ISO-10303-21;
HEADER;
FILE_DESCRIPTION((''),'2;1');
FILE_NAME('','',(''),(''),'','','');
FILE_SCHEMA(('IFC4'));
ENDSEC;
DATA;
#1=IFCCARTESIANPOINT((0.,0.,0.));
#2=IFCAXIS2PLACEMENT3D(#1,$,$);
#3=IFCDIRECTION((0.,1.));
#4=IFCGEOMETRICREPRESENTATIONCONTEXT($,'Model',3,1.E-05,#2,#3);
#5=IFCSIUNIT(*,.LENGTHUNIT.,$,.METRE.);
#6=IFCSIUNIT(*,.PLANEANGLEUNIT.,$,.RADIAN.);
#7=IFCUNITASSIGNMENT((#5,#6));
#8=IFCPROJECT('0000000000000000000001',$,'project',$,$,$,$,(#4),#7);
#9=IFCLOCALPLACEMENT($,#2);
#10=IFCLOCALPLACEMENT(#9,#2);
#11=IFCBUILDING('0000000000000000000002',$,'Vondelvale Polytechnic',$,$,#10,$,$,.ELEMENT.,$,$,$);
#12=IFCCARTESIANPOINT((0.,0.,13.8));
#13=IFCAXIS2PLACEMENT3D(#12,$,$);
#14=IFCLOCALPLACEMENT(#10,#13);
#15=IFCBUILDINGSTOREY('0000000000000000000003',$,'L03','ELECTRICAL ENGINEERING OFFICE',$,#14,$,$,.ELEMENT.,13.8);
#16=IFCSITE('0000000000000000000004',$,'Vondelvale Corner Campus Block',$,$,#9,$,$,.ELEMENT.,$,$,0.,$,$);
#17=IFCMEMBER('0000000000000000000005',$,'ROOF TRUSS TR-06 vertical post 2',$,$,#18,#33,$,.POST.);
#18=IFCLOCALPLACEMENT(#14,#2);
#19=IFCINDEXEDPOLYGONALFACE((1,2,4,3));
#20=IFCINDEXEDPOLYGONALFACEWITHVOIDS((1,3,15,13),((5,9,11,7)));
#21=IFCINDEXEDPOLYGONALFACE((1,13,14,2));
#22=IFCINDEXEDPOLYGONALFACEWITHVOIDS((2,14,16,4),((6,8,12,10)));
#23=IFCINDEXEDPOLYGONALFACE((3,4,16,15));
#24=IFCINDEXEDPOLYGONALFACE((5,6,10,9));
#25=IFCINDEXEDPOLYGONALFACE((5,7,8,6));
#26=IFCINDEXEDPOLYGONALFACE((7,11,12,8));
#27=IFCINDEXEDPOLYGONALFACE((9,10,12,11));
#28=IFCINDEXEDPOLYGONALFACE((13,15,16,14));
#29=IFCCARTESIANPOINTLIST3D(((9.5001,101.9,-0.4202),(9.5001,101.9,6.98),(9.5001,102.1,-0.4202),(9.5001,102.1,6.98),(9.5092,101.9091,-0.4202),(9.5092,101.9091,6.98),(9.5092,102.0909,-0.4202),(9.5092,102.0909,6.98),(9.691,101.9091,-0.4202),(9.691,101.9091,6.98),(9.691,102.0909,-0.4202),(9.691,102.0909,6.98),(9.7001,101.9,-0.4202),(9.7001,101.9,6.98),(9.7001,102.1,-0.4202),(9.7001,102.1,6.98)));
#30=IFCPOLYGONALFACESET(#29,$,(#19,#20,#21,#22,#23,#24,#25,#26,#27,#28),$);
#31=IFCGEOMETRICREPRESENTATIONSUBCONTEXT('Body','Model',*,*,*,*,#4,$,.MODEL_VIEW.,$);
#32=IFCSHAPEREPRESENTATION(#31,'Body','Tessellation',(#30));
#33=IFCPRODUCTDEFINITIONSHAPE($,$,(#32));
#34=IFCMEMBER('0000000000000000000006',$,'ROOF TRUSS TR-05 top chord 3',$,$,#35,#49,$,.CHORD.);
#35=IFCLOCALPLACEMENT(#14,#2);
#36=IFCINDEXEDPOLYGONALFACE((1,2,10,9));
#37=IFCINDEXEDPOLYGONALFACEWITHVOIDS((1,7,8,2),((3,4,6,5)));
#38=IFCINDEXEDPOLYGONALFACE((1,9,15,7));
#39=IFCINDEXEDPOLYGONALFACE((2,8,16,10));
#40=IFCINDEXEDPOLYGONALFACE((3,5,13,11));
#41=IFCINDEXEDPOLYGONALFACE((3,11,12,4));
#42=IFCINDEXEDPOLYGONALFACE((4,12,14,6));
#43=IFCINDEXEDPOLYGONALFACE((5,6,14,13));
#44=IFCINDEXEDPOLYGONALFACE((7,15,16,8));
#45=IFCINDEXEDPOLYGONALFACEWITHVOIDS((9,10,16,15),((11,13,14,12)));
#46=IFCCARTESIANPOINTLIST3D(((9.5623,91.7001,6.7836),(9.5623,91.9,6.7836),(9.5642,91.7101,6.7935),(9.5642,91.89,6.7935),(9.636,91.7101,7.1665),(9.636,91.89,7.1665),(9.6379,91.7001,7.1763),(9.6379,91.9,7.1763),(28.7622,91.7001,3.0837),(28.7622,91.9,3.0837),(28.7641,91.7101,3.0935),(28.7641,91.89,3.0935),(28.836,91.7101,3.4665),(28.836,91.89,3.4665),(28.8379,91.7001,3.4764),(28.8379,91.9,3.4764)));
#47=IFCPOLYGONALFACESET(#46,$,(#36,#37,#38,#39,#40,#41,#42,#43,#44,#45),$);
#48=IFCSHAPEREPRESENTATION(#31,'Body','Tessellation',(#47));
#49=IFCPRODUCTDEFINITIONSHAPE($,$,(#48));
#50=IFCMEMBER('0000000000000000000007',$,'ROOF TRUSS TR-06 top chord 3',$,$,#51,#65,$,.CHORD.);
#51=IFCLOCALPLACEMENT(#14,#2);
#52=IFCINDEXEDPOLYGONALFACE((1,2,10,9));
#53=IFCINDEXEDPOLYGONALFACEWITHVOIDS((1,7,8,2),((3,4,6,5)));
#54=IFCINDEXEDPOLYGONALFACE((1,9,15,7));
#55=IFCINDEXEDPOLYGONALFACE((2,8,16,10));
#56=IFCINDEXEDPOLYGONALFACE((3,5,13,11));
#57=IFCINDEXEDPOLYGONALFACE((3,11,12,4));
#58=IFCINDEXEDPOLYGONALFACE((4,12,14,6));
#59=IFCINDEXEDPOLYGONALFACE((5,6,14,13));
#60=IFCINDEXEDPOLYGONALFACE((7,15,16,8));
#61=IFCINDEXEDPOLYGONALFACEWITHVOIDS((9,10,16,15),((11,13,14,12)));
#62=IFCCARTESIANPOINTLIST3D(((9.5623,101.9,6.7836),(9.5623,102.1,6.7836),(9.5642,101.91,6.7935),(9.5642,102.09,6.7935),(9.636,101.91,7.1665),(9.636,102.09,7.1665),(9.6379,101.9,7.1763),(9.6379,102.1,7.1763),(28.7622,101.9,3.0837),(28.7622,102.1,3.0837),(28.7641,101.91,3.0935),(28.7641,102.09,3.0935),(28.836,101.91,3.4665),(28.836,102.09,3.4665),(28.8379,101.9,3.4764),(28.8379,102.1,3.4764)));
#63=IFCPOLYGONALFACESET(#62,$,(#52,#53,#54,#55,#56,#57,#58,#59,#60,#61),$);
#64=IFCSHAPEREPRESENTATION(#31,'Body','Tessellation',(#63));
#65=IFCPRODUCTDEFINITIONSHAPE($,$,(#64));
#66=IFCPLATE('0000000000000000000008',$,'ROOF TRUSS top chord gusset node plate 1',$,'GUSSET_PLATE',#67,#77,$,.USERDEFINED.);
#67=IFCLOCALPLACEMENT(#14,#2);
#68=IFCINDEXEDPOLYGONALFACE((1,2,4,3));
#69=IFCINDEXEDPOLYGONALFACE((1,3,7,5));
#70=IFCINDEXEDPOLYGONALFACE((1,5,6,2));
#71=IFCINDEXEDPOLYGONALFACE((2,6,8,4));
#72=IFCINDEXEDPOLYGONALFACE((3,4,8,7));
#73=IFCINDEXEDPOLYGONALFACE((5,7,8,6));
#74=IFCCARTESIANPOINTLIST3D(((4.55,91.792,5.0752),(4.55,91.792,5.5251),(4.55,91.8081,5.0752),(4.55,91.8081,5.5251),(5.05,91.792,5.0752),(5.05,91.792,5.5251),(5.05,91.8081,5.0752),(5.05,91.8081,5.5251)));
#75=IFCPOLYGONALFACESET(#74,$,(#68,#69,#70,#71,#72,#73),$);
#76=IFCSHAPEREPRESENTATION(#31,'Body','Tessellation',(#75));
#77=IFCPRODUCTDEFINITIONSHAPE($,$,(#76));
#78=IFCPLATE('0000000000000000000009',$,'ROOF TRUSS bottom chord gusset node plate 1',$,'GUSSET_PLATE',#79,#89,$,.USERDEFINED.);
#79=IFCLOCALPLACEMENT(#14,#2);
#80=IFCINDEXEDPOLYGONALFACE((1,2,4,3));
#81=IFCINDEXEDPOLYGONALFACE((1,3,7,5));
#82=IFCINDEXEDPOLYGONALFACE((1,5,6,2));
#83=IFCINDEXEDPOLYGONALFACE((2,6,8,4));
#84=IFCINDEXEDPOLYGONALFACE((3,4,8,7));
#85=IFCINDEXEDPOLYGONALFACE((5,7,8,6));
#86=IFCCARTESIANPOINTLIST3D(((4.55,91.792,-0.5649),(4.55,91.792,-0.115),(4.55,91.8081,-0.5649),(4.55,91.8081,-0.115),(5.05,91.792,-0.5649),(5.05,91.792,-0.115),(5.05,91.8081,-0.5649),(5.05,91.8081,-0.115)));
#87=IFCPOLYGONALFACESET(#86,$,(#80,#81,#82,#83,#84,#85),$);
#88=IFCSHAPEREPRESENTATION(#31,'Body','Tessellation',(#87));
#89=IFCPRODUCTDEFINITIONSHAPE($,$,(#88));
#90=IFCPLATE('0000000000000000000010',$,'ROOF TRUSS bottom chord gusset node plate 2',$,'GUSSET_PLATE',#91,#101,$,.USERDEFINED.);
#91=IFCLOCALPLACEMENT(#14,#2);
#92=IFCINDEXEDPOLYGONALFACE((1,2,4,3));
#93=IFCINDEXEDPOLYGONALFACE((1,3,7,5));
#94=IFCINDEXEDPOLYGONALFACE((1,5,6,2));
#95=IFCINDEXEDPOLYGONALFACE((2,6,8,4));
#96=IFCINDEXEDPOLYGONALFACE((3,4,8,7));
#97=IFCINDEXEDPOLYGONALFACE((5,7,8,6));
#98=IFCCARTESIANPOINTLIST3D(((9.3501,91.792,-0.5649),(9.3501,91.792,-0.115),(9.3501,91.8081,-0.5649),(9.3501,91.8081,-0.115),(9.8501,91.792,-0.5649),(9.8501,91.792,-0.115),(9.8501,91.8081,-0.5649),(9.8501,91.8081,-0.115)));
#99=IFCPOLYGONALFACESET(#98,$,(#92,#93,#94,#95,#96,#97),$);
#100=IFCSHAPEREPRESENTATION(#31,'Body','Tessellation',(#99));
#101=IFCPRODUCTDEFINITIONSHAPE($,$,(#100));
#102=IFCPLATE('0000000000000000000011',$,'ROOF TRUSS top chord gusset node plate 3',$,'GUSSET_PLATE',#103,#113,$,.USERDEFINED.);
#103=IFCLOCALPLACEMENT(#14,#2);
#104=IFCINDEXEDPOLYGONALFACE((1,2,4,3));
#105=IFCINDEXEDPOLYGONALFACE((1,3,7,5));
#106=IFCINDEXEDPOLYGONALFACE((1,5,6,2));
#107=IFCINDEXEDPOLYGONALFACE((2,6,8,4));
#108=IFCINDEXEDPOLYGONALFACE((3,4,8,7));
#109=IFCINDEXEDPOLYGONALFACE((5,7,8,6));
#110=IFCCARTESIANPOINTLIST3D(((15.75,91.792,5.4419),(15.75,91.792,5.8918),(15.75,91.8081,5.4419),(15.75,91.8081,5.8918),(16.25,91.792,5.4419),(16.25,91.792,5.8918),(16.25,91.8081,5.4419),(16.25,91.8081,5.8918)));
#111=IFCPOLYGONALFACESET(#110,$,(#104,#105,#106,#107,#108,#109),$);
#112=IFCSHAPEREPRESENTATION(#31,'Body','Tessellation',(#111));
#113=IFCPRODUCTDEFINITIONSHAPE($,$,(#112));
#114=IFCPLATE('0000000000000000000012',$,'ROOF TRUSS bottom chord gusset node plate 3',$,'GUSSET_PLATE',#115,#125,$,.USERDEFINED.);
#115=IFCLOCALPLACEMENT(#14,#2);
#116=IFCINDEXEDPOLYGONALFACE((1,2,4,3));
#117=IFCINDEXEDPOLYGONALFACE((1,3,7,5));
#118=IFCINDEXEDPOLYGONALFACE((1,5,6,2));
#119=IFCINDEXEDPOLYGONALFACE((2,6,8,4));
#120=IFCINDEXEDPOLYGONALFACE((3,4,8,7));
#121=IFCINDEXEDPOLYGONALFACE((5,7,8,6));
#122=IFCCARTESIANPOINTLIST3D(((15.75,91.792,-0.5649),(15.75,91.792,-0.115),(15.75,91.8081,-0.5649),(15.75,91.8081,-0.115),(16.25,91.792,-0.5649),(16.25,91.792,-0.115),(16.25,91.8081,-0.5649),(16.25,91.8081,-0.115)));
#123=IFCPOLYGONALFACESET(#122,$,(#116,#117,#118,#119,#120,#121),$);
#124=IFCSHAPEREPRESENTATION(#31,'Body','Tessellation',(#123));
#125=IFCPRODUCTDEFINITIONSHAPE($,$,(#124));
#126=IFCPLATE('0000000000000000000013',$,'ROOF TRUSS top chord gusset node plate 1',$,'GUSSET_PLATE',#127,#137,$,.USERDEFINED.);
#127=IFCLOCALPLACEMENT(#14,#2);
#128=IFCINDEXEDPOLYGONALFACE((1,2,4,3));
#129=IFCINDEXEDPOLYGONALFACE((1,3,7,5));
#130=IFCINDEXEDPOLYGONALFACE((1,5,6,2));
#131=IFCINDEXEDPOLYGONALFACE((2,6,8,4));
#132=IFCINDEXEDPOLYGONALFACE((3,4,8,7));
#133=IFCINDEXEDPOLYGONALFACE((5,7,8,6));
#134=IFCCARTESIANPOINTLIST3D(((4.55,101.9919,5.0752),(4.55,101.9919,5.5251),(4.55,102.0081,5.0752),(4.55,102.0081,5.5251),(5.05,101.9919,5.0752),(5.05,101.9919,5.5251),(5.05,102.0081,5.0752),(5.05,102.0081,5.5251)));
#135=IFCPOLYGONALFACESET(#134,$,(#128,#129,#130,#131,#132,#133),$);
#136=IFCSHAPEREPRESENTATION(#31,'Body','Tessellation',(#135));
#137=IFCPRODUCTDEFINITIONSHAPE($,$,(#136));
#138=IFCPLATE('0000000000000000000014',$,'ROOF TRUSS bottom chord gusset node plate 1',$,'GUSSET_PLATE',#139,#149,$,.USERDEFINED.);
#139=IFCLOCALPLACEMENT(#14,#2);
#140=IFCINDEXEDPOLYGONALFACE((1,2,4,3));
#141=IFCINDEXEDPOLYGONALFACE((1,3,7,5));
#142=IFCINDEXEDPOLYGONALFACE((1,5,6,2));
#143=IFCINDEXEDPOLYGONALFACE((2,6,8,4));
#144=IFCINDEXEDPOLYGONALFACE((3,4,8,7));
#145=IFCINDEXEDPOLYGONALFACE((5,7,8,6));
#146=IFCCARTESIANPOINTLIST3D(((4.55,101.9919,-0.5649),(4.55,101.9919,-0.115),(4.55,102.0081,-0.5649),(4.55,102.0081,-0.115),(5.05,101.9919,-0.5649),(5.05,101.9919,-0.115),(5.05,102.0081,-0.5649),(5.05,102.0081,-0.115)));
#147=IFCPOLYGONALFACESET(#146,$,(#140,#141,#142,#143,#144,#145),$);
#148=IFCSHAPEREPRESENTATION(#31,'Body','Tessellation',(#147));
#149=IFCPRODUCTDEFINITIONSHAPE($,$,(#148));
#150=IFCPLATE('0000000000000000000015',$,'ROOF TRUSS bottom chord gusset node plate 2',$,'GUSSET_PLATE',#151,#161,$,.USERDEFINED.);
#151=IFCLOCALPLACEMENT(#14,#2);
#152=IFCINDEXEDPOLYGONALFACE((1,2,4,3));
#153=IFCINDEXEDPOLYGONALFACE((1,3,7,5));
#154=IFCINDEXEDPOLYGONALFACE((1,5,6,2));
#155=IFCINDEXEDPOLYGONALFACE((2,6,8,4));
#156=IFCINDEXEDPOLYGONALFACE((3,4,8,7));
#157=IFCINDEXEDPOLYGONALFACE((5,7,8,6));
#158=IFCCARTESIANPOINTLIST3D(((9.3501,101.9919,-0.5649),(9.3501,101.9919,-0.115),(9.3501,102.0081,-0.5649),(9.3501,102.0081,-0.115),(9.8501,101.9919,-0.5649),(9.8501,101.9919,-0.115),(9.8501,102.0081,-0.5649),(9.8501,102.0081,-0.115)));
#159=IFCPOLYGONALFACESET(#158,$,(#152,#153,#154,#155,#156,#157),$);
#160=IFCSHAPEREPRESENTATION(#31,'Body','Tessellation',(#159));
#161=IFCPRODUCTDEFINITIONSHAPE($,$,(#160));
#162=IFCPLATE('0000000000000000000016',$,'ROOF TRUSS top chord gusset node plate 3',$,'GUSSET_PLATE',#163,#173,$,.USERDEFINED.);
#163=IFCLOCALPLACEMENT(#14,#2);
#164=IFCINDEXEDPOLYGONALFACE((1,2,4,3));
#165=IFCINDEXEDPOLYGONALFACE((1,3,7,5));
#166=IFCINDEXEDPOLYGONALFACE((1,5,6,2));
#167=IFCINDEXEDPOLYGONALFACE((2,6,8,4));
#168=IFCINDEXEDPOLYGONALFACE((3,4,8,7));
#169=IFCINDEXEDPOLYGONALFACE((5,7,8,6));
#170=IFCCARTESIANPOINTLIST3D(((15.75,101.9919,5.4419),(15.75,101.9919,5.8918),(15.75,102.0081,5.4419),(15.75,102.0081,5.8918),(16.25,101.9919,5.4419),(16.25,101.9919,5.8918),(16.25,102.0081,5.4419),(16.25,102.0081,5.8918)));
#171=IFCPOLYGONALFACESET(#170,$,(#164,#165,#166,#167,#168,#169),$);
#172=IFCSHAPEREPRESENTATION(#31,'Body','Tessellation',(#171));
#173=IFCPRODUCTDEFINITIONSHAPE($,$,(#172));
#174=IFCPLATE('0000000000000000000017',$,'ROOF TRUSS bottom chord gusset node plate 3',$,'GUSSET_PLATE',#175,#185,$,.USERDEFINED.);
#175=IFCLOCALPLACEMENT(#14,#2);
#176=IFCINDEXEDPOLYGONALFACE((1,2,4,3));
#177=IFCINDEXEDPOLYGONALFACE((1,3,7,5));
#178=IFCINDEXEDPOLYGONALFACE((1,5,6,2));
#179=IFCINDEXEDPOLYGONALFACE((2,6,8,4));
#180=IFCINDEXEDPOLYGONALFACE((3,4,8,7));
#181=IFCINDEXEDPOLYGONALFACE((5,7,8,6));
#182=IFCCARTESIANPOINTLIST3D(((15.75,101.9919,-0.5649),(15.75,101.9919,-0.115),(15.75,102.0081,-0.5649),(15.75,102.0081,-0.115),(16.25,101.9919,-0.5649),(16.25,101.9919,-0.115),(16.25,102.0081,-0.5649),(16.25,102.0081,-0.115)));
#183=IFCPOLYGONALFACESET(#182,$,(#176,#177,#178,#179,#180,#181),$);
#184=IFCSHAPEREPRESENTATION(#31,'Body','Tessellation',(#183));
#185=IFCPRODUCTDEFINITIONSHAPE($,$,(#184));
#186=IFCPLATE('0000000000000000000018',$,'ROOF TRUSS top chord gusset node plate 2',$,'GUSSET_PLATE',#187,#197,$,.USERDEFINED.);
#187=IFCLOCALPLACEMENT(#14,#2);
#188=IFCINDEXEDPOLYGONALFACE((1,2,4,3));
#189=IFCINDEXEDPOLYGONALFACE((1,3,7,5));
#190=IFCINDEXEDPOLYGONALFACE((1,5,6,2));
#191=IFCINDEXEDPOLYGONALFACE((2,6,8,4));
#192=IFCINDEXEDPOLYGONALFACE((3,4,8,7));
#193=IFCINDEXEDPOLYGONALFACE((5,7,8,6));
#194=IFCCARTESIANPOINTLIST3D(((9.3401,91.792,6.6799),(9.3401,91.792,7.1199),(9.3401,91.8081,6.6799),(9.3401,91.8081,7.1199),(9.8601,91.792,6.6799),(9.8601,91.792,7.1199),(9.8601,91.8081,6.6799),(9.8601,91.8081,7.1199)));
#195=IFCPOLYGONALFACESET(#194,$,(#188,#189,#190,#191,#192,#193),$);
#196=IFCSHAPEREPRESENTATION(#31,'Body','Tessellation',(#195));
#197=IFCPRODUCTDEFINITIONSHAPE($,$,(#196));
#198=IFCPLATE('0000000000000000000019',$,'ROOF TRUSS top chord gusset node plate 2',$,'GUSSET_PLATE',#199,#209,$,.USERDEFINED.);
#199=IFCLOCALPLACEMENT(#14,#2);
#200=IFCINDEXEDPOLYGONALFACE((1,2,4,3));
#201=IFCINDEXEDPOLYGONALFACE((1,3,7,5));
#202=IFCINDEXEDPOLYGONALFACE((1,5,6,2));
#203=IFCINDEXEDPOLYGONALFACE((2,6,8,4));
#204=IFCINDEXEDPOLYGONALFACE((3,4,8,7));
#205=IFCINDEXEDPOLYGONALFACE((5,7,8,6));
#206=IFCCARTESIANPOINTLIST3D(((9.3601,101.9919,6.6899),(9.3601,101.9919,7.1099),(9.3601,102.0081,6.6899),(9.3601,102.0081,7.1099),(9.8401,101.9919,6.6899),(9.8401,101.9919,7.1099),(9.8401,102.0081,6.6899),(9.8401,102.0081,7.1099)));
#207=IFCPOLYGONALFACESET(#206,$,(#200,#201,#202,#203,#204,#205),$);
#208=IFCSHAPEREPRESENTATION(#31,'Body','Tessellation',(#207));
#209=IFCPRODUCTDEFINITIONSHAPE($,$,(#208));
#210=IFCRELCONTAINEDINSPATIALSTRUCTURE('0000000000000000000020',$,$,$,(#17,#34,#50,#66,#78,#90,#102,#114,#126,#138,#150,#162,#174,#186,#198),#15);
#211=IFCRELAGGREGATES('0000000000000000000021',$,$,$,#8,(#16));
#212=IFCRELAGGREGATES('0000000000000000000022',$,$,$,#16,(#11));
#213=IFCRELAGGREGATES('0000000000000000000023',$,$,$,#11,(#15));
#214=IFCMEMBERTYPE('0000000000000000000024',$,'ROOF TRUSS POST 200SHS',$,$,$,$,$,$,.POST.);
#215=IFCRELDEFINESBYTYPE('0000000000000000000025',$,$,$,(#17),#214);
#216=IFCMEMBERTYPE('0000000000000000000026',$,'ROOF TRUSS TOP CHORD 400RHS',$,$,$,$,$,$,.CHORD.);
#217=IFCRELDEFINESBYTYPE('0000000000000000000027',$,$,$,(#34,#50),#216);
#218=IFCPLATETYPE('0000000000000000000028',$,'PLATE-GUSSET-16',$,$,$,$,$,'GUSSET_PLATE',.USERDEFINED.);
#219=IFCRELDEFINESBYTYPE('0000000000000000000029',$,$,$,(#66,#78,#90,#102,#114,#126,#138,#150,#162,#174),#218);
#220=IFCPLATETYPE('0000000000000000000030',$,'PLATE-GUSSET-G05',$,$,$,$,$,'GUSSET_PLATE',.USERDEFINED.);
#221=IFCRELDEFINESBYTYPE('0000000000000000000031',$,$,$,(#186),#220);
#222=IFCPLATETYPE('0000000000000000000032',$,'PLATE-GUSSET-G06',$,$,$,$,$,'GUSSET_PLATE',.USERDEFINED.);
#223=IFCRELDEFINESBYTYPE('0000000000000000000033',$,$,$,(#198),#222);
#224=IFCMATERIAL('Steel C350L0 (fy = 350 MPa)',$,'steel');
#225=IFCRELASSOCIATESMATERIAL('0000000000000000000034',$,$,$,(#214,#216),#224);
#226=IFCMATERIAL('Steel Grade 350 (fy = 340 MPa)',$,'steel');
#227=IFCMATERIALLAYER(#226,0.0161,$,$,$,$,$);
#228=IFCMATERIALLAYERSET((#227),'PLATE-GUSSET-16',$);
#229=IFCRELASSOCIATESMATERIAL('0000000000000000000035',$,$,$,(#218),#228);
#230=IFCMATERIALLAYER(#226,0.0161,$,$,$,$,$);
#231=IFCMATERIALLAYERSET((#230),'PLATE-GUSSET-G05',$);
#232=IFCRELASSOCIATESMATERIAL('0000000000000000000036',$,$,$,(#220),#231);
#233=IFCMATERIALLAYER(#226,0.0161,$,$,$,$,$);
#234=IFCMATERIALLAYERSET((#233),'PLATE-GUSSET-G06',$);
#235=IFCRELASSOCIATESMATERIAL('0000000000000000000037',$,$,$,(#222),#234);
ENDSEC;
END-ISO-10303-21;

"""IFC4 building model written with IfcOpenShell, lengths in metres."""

from ifc_helpers import new_model, si_unit, direction, frame, origin, origin_2d, place, context, subcontext, project, spatial, rectangle, hollow_rectangle, extrude, material, layer, layer_set, material_profile, profile_set, type_object, element, save


model = new_model("IFC4")

# Units and contexts
model_context = context("Model", 3, precision=1e-05, world=origin(), true_north=direction((0.0, 1.0)))
body_context = subcontext(model_context, "Body", "Model", "MODEL_VIEW")
ifc_project = project(units=[si_unit("LENGTHUNIT", "METRE"), si_unit("PLANEANGLEUNIT", "RADIAN")], contexts=[model_context])

# Site, building, storey
site_placement = place(None, origin())
site = spatial("IfcSite", under=ifc_project, at=site_placement, Name="Vondelvale Corner Campus Block", CompositionType="ELEMENT", RefElevation=0.0)
building_placement = place(site_placement, origin())
building = spatial("IfcBuilding", under=site, at=building_placement, Name="Vondelvale Polytechnic", CompositionType="ELEMENT")
storey_placement = place(building_placement, frame((0.0, 0.0, 13.8)))
storey = spatial("IfcBuildingStorey", under=building, at=storey_placement, Name="L03", Description="ELECTRICAL ENGINEERING OFFICE", CompositionType="ELEMENT", Elevation=13.8)

# Members
ifc_material_1 = material(Name="Steel C350L0 (fy = 350 MPa)", Category="steel")
ifc_material_profile_1 = material_profile(ifc_material_1, hollow_rectangle(XDim=0.2, YDim=0.2, WallThickness=0.009, at=origin_2d()), Name="200x200x9.0SHS")
ifc_profile_set_1 = profile_set([ifc_material_profile_1], Name="Steel C350L0 (fy = 350 MPa)")
member_type_1 = type_object("IfcMemberType", Name="ROOF TRUSS POST 200SHS", PredefinedType="POST", material=ifc_profile_set_1)
for number, where, z_axis, x_axis, name in (
    (1, (9.6001, 102.0, -0.4202), (0.0, 0.0, 1.0), (1.0, 0.0, 0.0), "ROOF TRUSS TR-06 vertical post 2"),
):
    element("IfcMember", number, at=place(storey_placement, frame(where, z_axis=z_axis, x_axis=x_axis)), inside=storey, type_object=member_type_1, Name=name, PredefinedType="POST", context=body_context, shape_type="SweptSolid", body=[
        extrude(hollow_rectangle(XDim=0.2, YDim=0.2, WallThickness=0.009, at=origin_2d()), origin(), (0.0, 0.0, 1.0), 7.4001),
    ])
ifc_material_profile_2 = material_profile(ifc_material_1, hollow_rectangle(XDim=0.2, YDim=0.3999, WallThickness=0.01, at=origin_2d()), Name="400x200x10.0RHS")
ifc_profile_set_2 = profile_set([ifc_material_profile_2], Name="Steel C350L0 (fy = 350 MPa)")
member_type_2 = type_object("IfcMemberType", Name="ROOF TRUSS TOP CHORD 400RHS", PredefinedType="CHORD", material=ifc_profile_set_2)
for number, where, z_axis, x_axis, name in (
    (2, (9.6001, 91.8, 6.98), (0.981934, 0.0, -0.189225), (0.0, 1.0, 0.0), "ROOF TRUSS TR-05 top chord 3"),
    (3, (9.6001, 102.0, 6.98), (0.981934, 0.0, -0.189225), (0.0, 1.0, 0.0), "ROOF TRUSS TR-06 top chord 3"),
):
    element("IfcMember", number, at=place(storey_placement, frame(where, z_axis=z_axis, x_axis=x_axis)), inside=storey, type_object=member_type_2, Name=name, PredefinedType="CHORD", context=body_context, shape_type="SweptSolid", body=[
        extrude(hollow_rectangle(XDim=0.2, YDim=0.3999, WallThickness=0.01, at=origin_2d()), origin(), (0.0, 0.0, 1.0), 19.5532),
    ])

# Plates
ifc_material_2 = material(Name="Steel Grade 350 (fy = 340 MPa)", Category="steel")
ifc_layer_1 = layer(ifc_material_2, 0.0161)
ifc_layer_set_1 = layer_set([ifc_layer_1], Name="PLATE-GUSSET-16")
plate_type_1 = type_object("IfcPlateType", Name="PLATE-GUSSET-16", ElementType="GUSSET_PLATE", PredefinedType="USERDEFINED", material=ifc_layer_set_1)
for number, where, z_axis, x_axis, name in (
    (4, (4.8, 91.8, 5.0752), (0.0, 0.0, 1.0), (1.0, 0.0, 0.0), "ROOF TRUSS top chord gusset node plate 1"),
    (5, (4.8, 91.8, -0.5649), (0.0, 0.0, 1.0), (1.0, 0.0, 0.0), "ROOF TRUSS bottom chord gusset node plate 1"),
    (6, (9.6001, 91.8, -0.5649), (0.0, 0.0, 1.0), (1.0, 0.0, 0.0), "ROOF TRUSS bottom chord gusset node plate 2"),
    (7, (16.0, 91.8, 5.4419), (0.0, 0.0, 1.0), (1.0, 0.0, 0.0), "ROOF TRUSS top chord gusset node plate 3"),
    (8, (16.0, 91.8, -0.5649), (0.0, 0.0, 1.0), (1.0, 0.0, 0.0), "ROOF TRUSS bottom chord gusset node plate 3"),
    (9, (4.8, 102.0, 5.0752), (0.0, 0.0, 1.0), (1.0, 0.0, 0.0), "ROOF TRUSS top chord gusset node plate 1"),
    (10, (4.8, 102.0, -0.5649), (0.0, 0.0, 1.0), (1.0, 0.0, 0.0), "ROOF TRUSS bottom chord gusset node plate 1"),
    (11, (9.6001, 102.0, -0.5649), (0.0, 0.0, 1.0), (1.0, 0.0, 0.0), "ROOF TRUSS bottom chord gusset node plate 2"),
    (12, (16.0, 102.0, 5.4419), (0.0, 0.0, 1.0), (1.0, 0.0, 0.0), "ROOF TRUSS top chord gusset node plate 3"),
    (13, (16.0, 102.0, -0.5649), (0.0, 0.0, 1.0), (1.0, 0.0, 0.0), "ROOF TRUSS bottom chord gusset node plate 3"),
):
    element("IfcPlate", number, at=place(storey_placement, frame(where, z_axis=z_axis, x_axis=x_axis)), inside=storey, type_object=plate_type_1, Name=name, ObjectType="GUSSET_PLATE", PredefinedType="USERDEFINED", context=body_context, shape_type="SweptSolid", body=[
        extrude(rectangle(XDim=0.5, YDim=0.0161, at=origin_2d()), origin(), (0.0, 0.0, 1.0), 0.45),
    ])
ifc_layer_2 = layer(ifc_material_2, 0.0161)
ifc_layer_set_2 = layer_set([ifc_layer_2], Name="PLATE-GUSSET-G05")
plate_type_2 = type_object("IfcPlateType", Name="PLATE-GUSSET-G05", ElementType="GUSSET_PLATE", PredefinedType="USERDEFINED", material=ifc_layer_set_2)
plate_1_placement = place(storey_placement, frame((9.6001, 91.8, 6.6799), z_axis=(0.0, 0.0, 1.0), x_axis=(1.0, 0.0, 0.0)))
element("IfcPlate", 14, at=plate_1_placement, inside=storey, type_object=plate_type_2, Name="ROOF TRUSS top chord gusset node plate 2", ObjectType="GUSSET_PLATE", PredefinedType="USERDEFINED", context=body_context, shape_type="SweptSolid", body=[
    extrude(rectangle(XDim=0.52, YDim=0.0161, at=origin_2d()), origin(), (0.0, 0.0, 1.0), 0.4399),
])
ifc_layer_3 = layer(ifc_material_2, 0.0161)
ifc_layer_set_3 = layer_set([ifc_layer_3], Name="PLATE-GUSSET-G06")
plate_type_3 = type_object("IfcPlateType", Name="PLATE-GUSSET-G06", ElementType="GUSSET_PLATE", PredefinedType="USERDEFINED", material=ifc_layer_set_3)
plate_2_placement = place(storey_placement, frame((9.6001, 102.0, 6.6899), z_axis=(0.0, 0.0, 1.0), x_axis=(1.0, 0.0, 0.0)))
element("IfcPlate", 15, at=plate_2_placement, inside=storey, type_object=plate_type_3, Name="ROOF TRUSS top chord gusset node plate 2", ObjectType="GUSSET_PLATE", PredefinedType="USERDEFINED", context=body_context, shape_type="SweptSolid", body=[
    extrude(rectangle(XDim=0.48, YDim=0.0161, at=origin_2d()), origin(), (0.0, 0.0, 1.0), 0.4199),
])

save(model, "model.ifc")
